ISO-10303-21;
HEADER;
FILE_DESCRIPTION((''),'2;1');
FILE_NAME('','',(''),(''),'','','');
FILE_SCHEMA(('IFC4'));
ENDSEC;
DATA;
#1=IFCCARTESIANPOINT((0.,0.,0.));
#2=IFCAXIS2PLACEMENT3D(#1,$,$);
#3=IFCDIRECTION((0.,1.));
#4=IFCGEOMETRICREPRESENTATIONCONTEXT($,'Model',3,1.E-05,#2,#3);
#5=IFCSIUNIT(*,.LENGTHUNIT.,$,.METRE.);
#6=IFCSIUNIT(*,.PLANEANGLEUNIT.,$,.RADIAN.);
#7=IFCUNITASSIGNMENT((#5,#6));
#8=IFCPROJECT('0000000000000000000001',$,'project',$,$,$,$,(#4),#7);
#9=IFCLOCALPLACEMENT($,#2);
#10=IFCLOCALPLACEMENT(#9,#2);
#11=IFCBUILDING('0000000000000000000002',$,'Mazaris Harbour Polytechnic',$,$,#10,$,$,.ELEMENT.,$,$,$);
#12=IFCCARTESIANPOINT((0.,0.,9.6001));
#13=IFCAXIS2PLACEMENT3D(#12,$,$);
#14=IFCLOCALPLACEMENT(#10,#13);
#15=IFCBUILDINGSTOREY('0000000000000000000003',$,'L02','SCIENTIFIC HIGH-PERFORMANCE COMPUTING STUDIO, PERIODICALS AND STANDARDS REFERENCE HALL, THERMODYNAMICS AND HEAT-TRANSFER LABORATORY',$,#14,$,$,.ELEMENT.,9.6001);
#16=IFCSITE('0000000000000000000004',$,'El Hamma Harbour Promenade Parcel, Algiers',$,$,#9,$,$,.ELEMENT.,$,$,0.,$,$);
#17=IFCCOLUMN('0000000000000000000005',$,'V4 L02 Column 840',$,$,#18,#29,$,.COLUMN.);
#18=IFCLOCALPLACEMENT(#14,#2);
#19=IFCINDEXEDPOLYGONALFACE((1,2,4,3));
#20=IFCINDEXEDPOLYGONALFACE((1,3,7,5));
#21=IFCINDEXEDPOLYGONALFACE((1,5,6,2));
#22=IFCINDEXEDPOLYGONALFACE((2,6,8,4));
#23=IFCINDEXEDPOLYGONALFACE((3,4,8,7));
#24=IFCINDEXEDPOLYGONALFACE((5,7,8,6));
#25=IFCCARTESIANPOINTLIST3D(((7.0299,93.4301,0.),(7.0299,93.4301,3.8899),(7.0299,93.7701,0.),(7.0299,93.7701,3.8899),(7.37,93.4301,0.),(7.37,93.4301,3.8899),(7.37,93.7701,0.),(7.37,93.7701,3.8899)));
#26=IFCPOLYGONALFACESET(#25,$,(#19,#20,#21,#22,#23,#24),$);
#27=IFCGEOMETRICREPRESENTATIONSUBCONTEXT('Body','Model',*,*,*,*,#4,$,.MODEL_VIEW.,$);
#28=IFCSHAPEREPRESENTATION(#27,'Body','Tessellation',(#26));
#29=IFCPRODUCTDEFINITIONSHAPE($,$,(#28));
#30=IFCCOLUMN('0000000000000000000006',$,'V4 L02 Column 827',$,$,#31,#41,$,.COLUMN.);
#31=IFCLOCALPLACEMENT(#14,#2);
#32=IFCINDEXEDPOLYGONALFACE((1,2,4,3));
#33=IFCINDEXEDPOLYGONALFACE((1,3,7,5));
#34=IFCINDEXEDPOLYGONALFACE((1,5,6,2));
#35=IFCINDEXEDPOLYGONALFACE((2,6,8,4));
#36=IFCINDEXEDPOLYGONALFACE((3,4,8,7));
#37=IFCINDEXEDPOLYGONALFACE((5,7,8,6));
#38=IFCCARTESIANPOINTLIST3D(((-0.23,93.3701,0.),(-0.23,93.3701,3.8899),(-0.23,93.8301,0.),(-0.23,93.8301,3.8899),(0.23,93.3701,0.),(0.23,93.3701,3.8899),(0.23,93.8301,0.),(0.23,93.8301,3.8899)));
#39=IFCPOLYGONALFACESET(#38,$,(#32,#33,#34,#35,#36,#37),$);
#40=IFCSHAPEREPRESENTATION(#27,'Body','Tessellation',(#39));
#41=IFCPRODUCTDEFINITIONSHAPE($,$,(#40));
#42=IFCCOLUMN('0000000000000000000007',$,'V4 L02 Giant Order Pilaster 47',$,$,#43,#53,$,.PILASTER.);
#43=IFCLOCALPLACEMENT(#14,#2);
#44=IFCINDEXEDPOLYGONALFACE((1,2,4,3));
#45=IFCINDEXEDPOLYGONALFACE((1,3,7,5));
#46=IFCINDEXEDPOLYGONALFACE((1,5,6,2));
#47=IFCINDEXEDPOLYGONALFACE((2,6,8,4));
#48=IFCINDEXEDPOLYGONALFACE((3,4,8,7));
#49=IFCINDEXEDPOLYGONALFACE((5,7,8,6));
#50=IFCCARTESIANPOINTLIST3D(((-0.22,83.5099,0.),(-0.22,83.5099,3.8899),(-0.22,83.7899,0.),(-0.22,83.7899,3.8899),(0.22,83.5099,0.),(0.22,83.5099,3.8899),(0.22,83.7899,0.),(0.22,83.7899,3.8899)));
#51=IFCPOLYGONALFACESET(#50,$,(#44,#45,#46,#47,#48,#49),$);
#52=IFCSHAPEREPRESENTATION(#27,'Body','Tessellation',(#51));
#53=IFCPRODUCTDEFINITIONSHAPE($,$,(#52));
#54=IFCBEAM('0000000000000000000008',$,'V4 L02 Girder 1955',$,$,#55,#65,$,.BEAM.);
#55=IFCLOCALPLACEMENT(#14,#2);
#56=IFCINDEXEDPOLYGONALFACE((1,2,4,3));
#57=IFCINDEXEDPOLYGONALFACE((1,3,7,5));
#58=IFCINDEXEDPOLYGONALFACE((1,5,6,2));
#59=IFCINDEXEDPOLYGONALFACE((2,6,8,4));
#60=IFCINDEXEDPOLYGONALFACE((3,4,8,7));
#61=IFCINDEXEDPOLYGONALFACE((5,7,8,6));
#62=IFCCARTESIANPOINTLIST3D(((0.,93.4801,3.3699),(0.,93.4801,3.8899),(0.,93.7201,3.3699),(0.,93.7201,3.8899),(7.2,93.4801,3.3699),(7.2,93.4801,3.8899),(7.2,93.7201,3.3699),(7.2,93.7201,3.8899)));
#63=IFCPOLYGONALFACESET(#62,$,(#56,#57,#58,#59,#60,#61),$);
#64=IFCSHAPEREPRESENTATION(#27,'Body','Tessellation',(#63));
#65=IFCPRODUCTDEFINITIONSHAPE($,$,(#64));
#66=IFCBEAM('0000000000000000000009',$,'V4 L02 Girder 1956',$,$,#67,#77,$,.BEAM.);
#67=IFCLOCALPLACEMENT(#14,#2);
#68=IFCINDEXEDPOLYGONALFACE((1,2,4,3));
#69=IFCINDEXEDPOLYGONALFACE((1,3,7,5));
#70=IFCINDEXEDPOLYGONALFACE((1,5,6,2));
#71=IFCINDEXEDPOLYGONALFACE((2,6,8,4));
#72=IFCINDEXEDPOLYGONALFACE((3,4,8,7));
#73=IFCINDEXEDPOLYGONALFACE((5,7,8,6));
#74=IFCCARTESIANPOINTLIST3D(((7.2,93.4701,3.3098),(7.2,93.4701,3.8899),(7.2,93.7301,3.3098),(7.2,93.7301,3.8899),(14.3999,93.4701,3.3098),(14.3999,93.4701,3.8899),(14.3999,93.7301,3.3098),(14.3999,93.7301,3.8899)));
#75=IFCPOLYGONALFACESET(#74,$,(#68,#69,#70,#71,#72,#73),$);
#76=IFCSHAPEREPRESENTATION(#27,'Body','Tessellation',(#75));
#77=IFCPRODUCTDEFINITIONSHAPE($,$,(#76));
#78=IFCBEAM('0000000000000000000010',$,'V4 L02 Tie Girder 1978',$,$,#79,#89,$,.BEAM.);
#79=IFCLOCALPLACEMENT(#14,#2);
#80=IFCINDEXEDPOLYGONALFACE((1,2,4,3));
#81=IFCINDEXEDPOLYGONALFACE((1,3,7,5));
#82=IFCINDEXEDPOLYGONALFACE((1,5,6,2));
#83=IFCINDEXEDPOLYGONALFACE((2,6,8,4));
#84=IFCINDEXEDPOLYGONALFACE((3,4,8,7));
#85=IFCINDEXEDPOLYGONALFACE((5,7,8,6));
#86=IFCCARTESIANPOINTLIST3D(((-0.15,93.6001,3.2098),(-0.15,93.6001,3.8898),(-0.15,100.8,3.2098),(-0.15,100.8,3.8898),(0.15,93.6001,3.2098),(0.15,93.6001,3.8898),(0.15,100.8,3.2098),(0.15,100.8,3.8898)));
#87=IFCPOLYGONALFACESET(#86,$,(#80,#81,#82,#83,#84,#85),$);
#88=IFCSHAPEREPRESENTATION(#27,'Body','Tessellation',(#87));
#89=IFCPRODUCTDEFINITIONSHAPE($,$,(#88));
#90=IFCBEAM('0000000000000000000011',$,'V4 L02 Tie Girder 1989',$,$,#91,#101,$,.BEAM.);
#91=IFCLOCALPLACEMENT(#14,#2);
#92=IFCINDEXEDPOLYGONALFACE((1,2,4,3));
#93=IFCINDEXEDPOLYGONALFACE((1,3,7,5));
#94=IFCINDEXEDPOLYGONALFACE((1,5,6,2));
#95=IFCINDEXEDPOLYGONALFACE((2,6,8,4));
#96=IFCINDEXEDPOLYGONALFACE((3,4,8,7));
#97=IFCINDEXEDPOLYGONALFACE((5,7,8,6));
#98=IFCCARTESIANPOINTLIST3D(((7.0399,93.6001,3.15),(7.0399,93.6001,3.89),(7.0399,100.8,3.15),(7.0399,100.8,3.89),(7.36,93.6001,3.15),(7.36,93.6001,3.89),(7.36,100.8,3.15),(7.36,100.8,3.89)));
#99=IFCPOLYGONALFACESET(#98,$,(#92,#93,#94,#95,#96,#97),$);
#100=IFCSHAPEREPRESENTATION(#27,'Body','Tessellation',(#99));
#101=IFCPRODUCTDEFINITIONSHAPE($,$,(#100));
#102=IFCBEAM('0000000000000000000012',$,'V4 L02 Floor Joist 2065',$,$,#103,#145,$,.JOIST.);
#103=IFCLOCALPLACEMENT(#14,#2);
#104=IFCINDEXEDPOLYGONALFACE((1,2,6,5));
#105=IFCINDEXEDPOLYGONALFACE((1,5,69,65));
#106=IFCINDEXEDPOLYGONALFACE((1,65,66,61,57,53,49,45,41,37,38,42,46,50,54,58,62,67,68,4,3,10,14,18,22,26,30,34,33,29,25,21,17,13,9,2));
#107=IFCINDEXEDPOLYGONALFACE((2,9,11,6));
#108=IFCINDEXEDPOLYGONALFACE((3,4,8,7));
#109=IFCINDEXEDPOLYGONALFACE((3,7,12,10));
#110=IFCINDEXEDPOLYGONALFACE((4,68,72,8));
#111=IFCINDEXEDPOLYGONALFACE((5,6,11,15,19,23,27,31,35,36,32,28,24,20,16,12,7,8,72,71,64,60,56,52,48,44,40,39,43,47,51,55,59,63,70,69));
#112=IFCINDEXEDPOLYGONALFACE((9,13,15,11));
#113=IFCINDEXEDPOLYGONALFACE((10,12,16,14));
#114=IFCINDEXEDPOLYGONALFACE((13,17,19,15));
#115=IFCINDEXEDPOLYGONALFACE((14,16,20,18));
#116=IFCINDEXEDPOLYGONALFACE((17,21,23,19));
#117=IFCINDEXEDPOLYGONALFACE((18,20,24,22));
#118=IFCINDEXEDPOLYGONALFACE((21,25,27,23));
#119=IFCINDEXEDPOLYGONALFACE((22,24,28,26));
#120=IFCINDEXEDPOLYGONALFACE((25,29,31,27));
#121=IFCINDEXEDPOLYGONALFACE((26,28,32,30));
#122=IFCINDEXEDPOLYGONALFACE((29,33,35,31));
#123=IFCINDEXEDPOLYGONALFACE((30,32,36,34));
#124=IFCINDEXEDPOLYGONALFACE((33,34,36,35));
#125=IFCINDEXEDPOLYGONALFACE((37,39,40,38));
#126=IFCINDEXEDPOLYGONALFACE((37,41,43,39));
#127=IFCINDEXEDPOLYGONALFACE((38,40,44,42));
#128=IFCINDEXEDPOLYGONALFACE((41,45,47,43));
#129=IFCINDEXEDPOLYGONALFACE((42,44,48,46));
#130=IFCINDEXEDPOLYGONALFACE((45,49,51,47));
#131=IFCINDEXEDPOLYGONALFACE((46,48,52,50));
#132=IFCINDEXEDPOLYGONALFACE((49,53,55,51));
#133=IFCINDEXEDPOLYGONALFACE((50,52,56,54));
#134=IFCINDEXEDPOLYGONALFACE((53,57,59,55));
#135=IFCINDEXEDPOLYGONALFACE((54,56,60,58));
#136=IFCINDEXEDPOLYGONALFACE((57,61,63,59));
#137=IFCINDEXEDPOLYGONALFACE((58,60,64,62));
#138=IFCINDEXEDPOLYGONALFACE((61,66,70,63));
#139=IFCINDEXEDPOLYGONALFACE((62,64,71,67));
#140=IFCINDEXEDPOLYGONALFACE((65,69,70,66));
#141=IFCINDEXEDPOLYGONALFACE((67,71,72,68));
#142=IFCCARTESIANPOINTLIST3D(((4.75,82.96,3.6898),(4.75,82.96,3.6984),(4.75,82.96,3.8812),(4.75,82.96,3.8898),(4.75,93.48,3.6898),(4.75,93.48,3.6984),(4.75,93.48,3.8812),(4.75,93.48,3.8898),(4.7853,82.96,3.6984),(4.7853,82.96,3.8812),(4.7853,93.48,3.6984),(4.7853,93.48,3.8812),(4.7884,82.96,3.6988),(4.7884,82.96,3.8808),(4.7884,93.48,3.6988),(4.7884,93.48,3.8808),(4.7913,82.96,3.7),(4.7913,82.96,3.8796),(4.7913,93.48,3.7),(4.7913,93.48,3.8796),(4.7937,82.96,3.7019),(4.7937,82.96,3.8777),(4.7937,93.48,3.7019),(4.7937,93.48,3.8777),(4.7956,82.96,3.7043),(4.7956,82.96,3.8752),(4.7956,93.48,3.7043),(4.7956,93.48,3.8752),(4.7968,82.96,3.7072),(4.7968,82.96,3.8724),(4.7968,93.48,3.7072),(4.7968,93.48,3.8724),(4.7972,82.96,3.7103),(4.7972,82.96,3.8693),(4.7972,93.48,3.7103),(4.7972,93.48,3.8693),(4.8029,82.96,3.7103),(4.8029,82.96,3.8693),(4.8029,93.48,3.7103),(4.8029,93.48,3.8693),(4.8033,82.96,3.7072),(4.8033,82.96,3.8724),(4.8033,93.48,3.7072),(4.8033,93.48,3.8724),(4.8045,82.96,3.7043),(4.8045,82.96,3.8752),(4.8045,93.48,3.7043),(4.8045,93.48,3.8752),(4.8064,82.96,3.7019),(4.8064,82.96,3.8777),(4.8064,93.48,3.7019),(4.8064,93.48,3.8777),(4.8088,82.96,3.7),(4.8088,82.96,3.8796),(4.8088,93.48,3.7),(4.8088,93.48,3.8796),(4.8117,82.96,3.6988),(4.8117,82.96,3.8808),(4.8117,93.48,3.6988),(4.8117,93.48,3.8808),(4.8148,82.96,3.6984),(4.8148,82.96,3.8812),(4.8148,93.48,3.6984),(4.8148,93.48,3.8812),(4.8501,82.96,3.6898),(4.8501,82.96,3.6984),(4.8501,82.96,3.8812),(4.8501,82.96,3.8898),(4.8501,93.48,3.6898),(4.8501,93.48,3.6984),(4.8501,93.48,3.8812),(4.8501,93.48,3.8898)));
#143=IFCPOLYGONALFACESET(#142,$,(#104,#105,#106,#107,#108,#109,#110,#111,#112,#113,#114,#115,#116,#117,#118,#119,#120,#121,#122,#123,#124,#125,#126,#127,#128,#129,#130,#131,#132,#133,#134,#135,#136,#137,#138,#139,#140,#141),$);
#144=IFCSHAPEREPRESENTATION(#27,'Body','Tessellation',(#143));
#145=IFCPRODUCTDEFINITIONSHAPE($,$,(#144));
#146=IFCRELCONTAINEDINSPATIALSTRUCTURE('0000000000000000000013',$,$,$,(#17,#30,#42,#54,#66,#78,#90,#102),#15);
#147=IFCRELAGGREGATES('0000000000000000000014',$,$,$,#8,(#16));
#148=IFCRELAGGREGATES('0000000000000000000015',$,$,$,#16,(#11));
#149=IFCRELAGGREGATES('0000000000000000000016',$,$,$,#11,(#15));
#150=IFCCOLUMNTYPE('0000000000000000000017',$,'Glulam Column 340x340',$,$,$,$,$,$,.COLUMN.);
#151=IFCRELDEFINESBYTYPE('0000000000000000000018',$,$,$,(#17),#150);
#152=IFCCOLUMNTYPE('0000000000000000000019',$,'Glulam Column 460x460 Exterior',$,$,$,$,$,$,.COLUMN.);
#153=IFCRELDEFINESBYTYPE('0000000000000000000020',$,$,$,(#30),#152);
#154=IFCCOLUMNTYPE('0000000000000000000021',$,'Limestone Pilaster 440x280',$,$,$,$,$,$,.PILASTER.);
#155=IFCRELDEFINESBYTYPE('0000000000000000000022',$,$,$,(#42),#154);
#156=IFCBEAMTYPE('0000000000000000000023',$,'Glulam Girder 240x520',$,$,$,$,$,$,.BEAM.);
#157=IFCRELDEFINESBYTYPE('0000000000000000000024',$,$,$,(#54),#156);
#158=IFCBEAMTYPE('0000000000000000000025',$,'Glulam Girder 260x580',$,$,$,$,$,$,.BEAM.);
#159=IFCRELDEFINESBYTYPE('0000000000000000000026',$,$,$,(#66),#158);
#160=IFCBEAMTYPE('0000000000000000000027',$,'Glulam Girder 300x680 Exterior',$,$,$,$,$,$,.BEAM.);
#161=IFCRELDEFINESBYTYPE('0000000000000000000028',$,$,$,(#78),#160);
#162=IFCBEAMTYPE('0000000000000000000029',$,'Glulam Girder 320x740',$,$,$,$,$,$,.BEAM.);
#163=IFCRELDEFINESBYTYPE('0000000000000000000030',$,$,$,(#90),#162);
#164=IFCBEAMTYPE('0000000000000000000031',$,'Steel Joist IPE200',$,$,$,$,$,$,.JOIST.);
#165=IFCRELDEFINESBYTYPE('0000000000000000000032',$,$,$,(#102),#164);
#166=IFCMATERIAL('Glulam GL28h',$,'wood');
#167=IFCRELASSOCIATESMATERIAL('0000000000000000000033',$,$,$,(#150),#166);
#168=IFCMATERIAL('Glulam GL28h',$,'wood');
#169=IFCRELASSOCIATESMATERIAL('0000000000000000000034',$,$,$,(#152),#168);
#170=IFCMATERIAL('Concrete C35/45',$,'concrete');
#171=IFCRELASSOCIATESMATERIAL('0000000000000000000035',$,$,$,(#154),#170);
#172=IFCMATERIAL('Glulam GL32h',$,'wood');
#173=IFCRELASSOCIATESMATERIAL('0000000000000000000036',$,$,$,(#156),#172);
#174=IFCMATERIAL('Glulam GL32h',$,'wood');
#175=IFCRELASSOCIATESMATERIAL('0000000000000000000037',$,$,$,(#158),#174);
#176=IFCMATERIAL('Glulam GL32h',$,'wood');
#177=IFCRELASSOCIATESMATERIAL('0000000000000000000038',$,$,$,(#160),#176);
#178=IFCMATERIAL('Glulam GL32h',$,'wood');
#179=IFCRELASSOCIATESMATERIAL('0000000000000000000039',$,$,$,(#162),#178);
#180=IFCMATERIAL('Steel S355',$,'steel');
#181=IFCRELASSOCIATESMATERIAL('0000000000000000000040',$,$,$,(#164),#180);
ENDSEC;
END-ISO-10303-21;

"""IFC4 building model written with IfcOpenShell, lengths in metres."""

from ifc_helpers import new_model, si_unit, direction, frame, origin, origin_2d, place, context, subcontext, project, spatial, rectangle, i_section, extrude, material, material_profile, profile_set, type_object, element, save


model = new_model("IFC4")

# Units and contexts
model_context = context("Model", 3, precision=1e-05, world=origin(), true_north=direction((0.0, 1.0)))
body_context = subcontext(model_context, "Body", "Model", "MODEL_VIEW")
ifc_project = project(units=[si_unit("LENGTHUNIT", "METRE"), si_unit("PLANEANGLEUNIT", "RADIAN")], contexts=[model_context])

# Site, building, storey
site_placement = place(None, origin())
site = spatial("IfcSite", under=ifc_project, at=site_placement, Name="El Hamma Harbour Promenade Parcel, Algiers", CompositionType="ELEMENT", RefElevation=0.0)
building_placement = place(site_placement, origin())
building = spatial("IfcBuilding", under=site, at=building_placement, Name="Mazaris Harbour Polytechnic", CompositionType="ELEMENT")
storey_placement = place(building_placement, frame((0.0, 0.0, 9.6001)))
storey = spatial("IfcBuildingStorey", under=building, at=storey_placement, Name="L02", Description="SCIENTIFIC HIGH-PERFORMANCE COMPUTING STUDIO, PERIODICALS AND STANDARDS REFERENCE HALL, THERMODYNAMICS AND HEAT-TRANSFER LABORATORY", CompositionType="ELEMENT", Elevation=9.6001)

# Columns
ifc_material_1 = material(Name="Glulam GL28h", Category="wood")
ifc_material_profile_1 = material_profile(ifc_material_1, rectangle(XDim=0.3401, YDim=0.3401, at=origin_2d()), Name="RECT340x340")
ifc_profile_set_1 = profile_set([ifc_material_profile_1], Name="Glulam GL28h")
column_type_1 = type_object("IfcColumnType", Name="Glulam Column 340x340", PredefinedType="COLUMN", material=ifc_profile_set_1)
column_1_placement = place(storey_placement, frame((7.2, 93.6001, 0.0), z_axis=(0.0, 0.0, 1.0), x_axis=(1.0, 0.0, 0.0)))
element("IfcColumn", 1, at=column_1_placement, inside=storey, type_object=column_type_1, Name="V4 L02 Column 840", PredefinedType="COLUMN", context=body_context, shape_type="SweptSolid", body=[
    extrude(rectangle(XDim=0.3401, YDim=0.3401, at=origin_2d()), origin(), (0.0, 0.0, 1.0), 3.8899),
])
ifc_material_2 = material(Name="Glulam GL28h", Category="wood")
ifc_material_profile_2 = material_profile(ifc_material_2, rectangle(XDim=0.46, YDim=0.46, at=origin_2d()), Name="RECT460x460")
ifc_profile_set_2 = profile_set([ifc_material_profile_2], Name="Glulam GL28h")
column_type_2 = type_object("IfcColumnType", Name="Glulam Column 460x460 Exterior", PredefinedType="COLUMN", material=ifc_profile_set_2)
column_2_placement = place(storey_placement, frame((0.0, 93.6001, 0.0), z_axis=(0.0, 0.0, 1.0), x_axis=(1.0, 0.0, 0.0)))
element("IfcColumn", 2, at=column_2_placement, inside=storey, type_object=column_type_2, Name="V4 L02 Column 827", PredefinedType="COLUMN", context=body_context, shape_type="SweptSolid", body=[
    extrude(rectangle(XDim=0.46, YDim=0.46, at=origin_2d()), origin(), (0.0, 0.0, 1.0), 3.8899),
])
ifc_material_3 = material(Name="Concrete C35/45", Category="concrete")
ifc_material_profile_3 = material_profile(ifc_material_3, rectangle(XDim=0.4399, YDim=0.28, at=origin_2d()), Name="RECT440x280")
ifc_profile_set_3 = profile_set([ifc_material_profile_3], Name="Concrete C35/45")
column_type_3 = type_object("IfcColumnType", Name="Limestone Pilaster 440x280", PredefinedType="PILASTER", material=ifc_profile_set_3)
column_3_placement = place(storey_placement, frame((0.0, 83.6499, 0.0), z_axis=(0.0, 0.0, 1.0), x_axis=(1.0, 0.0, 0.0)))
element("IfcColumn", 3, at=column_3_placement, inside=storey, type_object=column_type_3, Name="V4 L02 Giant Order Pilaster 47", PredefinedType="PILASTER", context=body_context, shape_type="SweptSolid", body=[
    extrude(rectangle(XDim=0.4399, YDim=0.28, at=origin_2d()), origin(), (0.0, 0.0, 1.0), 3.8899),
])

# Beams
ifc_material_4 = material(Name="Glulam GL32h", Category="wood")
ifc_material_profile_4 = material_profile(ifc_material_4, rectangle(XDim=0.24, YDim=0.52, at=origin_2d()), Name="RECT240x520")
ifc_profile_set_4 = profile_set([ifc_material_profile_4], Name="Glulam GL32h")
beam_type_1 = type_object("IfcBeamType", Name="Glulam Girder 240x520", PredefinedType="BEAM", material=ifc_profile_set_4)
beam_1_placement = place(storey_placement, frame((0.0, 93.6001, 3.6299), z_axis=(1.0, 0.0, 0.0), x_axis=(0.0, 1.0, 0.0)))
element("IfcBeam", 4, at=beam_1_placement, inside=storey, type_object=beam_type_1, Name="V4 L02 Girder 1955", PredefinedType="BEAM", context=body_context, shape_type="SweptSolid", body=[
    extrude(rectangle(XDim=0.24, YDim=0.52, at=origin_2d()), origin(), (0.0, 0.0, 1.0), 7.2),
])
ifc_material_5 = material(Name="Glulam GL32h", Category="wood")
ifc_material_profile_5 = material_profile(ifc_material_5, rectangle(XDim=0.26, YDim=0.5801, at=origin_2d()), Name="RECT260x580")
ifc_profile_set_5 = profile_set([ifc_material_profile_5], Name="Glulam GL32h")
beam_type_2 = type_object("IfcBeamType", Name="Glulam Girder 260x580", PredefinedType="BEAM", material=ifc_profile_set_5)
beam_2_placement = place(storey_placement, frame((7.2, 93.6001, 3.5999), z_axis=(1.0, 0.0, 0.0), x_axis=(0.0, 1.0, 0.0)))
element("IfcBeam", 5, at=beam_2_placement, inside=storey, type_object=beam_type_2, Name="V4 L02 Girder 1956", PredefinedType="BEAM", context=body_context, shape_type="SweptSolid", body=[
    extrude(rectangle(XDim=0.26, YDim=0.5801, at=origin_2d()), origin(), (0.0, 0.0, 1.0), 7.2),
])
ifc_material_6 = material(Name="Glulam GL32h", Category="wood")
ifc_material_profile_6 = material_profile(ifc_material_6, rectangle(XDim=0.3, YDim=0.6799, at=origin_2d()), Name="RECT300x680")
ifc_profile_set_6 = profile_set([ifc_material_profile_6], Name="Glulam GL32h")
beam_type_3 = type_object("IfcBeamType", Name="Glulam Girder 300x680 Exterior", PredefinedType="BEAM", material=ifc_profile_set_6)
beam_3_placement = place(storey_placement, frame((0.0, 93.6001, 3.5498), z_axis=(0.0, 1.0, 0.0), x_axis=(-1.0, 0.0, 0.0)))
element("IfcBeam", 6, at=beam_3_placement, inside=storey, type_object=beam_type_3, Name="V4 L02 Tie Girder 1978", PredefinedType="BEAM", context=body_context, shape_type="SweptSolid", body=[
    extrude(rectangle(XDim=0.3, YDim=0.6799, at=origin_2d()), origin(), (0.0, 0.0, 1.0), 7.2),
])
ifc_material_7 = material(Name="Glulam GL32h", Category="wood")
ifc_material_profile_7 = material_profile(ifc_material_7, rectangle(XDim=0.3201, YDim=0.74, at=origin_2d()), Name="RECT320x740")
ifc_profile_set_7 = profile_set([ifc_material_profile_7], Name="Glulam GL32h")
beam_type_4 = type_object("IfcBeamType", Name="Glulam Girder 320x740", PredefinedType="BEAM", material=ifc_profile_set_7)
beam_4_placement = place(storey_placement, frame((7.2, 93.6001, 3.52), z_axis=(0.0, 1.0, 0.0), x_axis=(-1.0, 0.0, 0.0)))
element("IfcBeam", 7, at=beam_4_placement, inside=storey, type_object=beam_type_4, Name="V4 L02 Tie Girder 1989", PredefinedType="BEAM", context=body_context, shape_type="SweptSolid", body=[
    extrude(rectangle(XDim=0.3201, YDim=0.74, at=origin_2d()), origin(), (0.0, 0.0, 1.0), 7.2),
])
ifc_material_8 = material(Name="Steel S355", Category="steel")
ifc_material_profile_8 = material_profile(ifc_material_8, i_section(OverallWidth=0.1001, OverallDepth=0.2, WebThickness=0.0056, FlangeThickness=0.0085, FilletRadius=0.012, at=origin_2d()), Name="IPE 200")
ifc_profile_set_8 = profile_set([ifc_material_profile_8], Name="Steel S355")
beam_type_5 = type_object("IfcBeamType", Name="Steel Joist IPE200", PredefinedType="JOIST", material=ifc_profile_set_8)
beam_5_placement = place(storey_placement, frame((4.8, 82.96, 3.7898), z_axis=(0.0, 1.0, 0.0), x_axis=(-1.0, 0.0, 0.0)))
element("IfcBeam", 8, at=beam_5_placement, inside=storey, type_object=beam_type_5, Name="V4 L02 Floor Joist 2065", PredefinedType="JOIST", context=body_context, shape_type="SweptSolid", body=[
    extrude(i_section(OverallWidth=0.1001, OverallDepth=0.2, WebThickness=0.0056, FlangeThickness=0.0085, FilletRadius=0.012, at=origin_2d()), origin(), (0.0, 0.0, 1.0), 10.52),
])

save(model, "model.ifc")
